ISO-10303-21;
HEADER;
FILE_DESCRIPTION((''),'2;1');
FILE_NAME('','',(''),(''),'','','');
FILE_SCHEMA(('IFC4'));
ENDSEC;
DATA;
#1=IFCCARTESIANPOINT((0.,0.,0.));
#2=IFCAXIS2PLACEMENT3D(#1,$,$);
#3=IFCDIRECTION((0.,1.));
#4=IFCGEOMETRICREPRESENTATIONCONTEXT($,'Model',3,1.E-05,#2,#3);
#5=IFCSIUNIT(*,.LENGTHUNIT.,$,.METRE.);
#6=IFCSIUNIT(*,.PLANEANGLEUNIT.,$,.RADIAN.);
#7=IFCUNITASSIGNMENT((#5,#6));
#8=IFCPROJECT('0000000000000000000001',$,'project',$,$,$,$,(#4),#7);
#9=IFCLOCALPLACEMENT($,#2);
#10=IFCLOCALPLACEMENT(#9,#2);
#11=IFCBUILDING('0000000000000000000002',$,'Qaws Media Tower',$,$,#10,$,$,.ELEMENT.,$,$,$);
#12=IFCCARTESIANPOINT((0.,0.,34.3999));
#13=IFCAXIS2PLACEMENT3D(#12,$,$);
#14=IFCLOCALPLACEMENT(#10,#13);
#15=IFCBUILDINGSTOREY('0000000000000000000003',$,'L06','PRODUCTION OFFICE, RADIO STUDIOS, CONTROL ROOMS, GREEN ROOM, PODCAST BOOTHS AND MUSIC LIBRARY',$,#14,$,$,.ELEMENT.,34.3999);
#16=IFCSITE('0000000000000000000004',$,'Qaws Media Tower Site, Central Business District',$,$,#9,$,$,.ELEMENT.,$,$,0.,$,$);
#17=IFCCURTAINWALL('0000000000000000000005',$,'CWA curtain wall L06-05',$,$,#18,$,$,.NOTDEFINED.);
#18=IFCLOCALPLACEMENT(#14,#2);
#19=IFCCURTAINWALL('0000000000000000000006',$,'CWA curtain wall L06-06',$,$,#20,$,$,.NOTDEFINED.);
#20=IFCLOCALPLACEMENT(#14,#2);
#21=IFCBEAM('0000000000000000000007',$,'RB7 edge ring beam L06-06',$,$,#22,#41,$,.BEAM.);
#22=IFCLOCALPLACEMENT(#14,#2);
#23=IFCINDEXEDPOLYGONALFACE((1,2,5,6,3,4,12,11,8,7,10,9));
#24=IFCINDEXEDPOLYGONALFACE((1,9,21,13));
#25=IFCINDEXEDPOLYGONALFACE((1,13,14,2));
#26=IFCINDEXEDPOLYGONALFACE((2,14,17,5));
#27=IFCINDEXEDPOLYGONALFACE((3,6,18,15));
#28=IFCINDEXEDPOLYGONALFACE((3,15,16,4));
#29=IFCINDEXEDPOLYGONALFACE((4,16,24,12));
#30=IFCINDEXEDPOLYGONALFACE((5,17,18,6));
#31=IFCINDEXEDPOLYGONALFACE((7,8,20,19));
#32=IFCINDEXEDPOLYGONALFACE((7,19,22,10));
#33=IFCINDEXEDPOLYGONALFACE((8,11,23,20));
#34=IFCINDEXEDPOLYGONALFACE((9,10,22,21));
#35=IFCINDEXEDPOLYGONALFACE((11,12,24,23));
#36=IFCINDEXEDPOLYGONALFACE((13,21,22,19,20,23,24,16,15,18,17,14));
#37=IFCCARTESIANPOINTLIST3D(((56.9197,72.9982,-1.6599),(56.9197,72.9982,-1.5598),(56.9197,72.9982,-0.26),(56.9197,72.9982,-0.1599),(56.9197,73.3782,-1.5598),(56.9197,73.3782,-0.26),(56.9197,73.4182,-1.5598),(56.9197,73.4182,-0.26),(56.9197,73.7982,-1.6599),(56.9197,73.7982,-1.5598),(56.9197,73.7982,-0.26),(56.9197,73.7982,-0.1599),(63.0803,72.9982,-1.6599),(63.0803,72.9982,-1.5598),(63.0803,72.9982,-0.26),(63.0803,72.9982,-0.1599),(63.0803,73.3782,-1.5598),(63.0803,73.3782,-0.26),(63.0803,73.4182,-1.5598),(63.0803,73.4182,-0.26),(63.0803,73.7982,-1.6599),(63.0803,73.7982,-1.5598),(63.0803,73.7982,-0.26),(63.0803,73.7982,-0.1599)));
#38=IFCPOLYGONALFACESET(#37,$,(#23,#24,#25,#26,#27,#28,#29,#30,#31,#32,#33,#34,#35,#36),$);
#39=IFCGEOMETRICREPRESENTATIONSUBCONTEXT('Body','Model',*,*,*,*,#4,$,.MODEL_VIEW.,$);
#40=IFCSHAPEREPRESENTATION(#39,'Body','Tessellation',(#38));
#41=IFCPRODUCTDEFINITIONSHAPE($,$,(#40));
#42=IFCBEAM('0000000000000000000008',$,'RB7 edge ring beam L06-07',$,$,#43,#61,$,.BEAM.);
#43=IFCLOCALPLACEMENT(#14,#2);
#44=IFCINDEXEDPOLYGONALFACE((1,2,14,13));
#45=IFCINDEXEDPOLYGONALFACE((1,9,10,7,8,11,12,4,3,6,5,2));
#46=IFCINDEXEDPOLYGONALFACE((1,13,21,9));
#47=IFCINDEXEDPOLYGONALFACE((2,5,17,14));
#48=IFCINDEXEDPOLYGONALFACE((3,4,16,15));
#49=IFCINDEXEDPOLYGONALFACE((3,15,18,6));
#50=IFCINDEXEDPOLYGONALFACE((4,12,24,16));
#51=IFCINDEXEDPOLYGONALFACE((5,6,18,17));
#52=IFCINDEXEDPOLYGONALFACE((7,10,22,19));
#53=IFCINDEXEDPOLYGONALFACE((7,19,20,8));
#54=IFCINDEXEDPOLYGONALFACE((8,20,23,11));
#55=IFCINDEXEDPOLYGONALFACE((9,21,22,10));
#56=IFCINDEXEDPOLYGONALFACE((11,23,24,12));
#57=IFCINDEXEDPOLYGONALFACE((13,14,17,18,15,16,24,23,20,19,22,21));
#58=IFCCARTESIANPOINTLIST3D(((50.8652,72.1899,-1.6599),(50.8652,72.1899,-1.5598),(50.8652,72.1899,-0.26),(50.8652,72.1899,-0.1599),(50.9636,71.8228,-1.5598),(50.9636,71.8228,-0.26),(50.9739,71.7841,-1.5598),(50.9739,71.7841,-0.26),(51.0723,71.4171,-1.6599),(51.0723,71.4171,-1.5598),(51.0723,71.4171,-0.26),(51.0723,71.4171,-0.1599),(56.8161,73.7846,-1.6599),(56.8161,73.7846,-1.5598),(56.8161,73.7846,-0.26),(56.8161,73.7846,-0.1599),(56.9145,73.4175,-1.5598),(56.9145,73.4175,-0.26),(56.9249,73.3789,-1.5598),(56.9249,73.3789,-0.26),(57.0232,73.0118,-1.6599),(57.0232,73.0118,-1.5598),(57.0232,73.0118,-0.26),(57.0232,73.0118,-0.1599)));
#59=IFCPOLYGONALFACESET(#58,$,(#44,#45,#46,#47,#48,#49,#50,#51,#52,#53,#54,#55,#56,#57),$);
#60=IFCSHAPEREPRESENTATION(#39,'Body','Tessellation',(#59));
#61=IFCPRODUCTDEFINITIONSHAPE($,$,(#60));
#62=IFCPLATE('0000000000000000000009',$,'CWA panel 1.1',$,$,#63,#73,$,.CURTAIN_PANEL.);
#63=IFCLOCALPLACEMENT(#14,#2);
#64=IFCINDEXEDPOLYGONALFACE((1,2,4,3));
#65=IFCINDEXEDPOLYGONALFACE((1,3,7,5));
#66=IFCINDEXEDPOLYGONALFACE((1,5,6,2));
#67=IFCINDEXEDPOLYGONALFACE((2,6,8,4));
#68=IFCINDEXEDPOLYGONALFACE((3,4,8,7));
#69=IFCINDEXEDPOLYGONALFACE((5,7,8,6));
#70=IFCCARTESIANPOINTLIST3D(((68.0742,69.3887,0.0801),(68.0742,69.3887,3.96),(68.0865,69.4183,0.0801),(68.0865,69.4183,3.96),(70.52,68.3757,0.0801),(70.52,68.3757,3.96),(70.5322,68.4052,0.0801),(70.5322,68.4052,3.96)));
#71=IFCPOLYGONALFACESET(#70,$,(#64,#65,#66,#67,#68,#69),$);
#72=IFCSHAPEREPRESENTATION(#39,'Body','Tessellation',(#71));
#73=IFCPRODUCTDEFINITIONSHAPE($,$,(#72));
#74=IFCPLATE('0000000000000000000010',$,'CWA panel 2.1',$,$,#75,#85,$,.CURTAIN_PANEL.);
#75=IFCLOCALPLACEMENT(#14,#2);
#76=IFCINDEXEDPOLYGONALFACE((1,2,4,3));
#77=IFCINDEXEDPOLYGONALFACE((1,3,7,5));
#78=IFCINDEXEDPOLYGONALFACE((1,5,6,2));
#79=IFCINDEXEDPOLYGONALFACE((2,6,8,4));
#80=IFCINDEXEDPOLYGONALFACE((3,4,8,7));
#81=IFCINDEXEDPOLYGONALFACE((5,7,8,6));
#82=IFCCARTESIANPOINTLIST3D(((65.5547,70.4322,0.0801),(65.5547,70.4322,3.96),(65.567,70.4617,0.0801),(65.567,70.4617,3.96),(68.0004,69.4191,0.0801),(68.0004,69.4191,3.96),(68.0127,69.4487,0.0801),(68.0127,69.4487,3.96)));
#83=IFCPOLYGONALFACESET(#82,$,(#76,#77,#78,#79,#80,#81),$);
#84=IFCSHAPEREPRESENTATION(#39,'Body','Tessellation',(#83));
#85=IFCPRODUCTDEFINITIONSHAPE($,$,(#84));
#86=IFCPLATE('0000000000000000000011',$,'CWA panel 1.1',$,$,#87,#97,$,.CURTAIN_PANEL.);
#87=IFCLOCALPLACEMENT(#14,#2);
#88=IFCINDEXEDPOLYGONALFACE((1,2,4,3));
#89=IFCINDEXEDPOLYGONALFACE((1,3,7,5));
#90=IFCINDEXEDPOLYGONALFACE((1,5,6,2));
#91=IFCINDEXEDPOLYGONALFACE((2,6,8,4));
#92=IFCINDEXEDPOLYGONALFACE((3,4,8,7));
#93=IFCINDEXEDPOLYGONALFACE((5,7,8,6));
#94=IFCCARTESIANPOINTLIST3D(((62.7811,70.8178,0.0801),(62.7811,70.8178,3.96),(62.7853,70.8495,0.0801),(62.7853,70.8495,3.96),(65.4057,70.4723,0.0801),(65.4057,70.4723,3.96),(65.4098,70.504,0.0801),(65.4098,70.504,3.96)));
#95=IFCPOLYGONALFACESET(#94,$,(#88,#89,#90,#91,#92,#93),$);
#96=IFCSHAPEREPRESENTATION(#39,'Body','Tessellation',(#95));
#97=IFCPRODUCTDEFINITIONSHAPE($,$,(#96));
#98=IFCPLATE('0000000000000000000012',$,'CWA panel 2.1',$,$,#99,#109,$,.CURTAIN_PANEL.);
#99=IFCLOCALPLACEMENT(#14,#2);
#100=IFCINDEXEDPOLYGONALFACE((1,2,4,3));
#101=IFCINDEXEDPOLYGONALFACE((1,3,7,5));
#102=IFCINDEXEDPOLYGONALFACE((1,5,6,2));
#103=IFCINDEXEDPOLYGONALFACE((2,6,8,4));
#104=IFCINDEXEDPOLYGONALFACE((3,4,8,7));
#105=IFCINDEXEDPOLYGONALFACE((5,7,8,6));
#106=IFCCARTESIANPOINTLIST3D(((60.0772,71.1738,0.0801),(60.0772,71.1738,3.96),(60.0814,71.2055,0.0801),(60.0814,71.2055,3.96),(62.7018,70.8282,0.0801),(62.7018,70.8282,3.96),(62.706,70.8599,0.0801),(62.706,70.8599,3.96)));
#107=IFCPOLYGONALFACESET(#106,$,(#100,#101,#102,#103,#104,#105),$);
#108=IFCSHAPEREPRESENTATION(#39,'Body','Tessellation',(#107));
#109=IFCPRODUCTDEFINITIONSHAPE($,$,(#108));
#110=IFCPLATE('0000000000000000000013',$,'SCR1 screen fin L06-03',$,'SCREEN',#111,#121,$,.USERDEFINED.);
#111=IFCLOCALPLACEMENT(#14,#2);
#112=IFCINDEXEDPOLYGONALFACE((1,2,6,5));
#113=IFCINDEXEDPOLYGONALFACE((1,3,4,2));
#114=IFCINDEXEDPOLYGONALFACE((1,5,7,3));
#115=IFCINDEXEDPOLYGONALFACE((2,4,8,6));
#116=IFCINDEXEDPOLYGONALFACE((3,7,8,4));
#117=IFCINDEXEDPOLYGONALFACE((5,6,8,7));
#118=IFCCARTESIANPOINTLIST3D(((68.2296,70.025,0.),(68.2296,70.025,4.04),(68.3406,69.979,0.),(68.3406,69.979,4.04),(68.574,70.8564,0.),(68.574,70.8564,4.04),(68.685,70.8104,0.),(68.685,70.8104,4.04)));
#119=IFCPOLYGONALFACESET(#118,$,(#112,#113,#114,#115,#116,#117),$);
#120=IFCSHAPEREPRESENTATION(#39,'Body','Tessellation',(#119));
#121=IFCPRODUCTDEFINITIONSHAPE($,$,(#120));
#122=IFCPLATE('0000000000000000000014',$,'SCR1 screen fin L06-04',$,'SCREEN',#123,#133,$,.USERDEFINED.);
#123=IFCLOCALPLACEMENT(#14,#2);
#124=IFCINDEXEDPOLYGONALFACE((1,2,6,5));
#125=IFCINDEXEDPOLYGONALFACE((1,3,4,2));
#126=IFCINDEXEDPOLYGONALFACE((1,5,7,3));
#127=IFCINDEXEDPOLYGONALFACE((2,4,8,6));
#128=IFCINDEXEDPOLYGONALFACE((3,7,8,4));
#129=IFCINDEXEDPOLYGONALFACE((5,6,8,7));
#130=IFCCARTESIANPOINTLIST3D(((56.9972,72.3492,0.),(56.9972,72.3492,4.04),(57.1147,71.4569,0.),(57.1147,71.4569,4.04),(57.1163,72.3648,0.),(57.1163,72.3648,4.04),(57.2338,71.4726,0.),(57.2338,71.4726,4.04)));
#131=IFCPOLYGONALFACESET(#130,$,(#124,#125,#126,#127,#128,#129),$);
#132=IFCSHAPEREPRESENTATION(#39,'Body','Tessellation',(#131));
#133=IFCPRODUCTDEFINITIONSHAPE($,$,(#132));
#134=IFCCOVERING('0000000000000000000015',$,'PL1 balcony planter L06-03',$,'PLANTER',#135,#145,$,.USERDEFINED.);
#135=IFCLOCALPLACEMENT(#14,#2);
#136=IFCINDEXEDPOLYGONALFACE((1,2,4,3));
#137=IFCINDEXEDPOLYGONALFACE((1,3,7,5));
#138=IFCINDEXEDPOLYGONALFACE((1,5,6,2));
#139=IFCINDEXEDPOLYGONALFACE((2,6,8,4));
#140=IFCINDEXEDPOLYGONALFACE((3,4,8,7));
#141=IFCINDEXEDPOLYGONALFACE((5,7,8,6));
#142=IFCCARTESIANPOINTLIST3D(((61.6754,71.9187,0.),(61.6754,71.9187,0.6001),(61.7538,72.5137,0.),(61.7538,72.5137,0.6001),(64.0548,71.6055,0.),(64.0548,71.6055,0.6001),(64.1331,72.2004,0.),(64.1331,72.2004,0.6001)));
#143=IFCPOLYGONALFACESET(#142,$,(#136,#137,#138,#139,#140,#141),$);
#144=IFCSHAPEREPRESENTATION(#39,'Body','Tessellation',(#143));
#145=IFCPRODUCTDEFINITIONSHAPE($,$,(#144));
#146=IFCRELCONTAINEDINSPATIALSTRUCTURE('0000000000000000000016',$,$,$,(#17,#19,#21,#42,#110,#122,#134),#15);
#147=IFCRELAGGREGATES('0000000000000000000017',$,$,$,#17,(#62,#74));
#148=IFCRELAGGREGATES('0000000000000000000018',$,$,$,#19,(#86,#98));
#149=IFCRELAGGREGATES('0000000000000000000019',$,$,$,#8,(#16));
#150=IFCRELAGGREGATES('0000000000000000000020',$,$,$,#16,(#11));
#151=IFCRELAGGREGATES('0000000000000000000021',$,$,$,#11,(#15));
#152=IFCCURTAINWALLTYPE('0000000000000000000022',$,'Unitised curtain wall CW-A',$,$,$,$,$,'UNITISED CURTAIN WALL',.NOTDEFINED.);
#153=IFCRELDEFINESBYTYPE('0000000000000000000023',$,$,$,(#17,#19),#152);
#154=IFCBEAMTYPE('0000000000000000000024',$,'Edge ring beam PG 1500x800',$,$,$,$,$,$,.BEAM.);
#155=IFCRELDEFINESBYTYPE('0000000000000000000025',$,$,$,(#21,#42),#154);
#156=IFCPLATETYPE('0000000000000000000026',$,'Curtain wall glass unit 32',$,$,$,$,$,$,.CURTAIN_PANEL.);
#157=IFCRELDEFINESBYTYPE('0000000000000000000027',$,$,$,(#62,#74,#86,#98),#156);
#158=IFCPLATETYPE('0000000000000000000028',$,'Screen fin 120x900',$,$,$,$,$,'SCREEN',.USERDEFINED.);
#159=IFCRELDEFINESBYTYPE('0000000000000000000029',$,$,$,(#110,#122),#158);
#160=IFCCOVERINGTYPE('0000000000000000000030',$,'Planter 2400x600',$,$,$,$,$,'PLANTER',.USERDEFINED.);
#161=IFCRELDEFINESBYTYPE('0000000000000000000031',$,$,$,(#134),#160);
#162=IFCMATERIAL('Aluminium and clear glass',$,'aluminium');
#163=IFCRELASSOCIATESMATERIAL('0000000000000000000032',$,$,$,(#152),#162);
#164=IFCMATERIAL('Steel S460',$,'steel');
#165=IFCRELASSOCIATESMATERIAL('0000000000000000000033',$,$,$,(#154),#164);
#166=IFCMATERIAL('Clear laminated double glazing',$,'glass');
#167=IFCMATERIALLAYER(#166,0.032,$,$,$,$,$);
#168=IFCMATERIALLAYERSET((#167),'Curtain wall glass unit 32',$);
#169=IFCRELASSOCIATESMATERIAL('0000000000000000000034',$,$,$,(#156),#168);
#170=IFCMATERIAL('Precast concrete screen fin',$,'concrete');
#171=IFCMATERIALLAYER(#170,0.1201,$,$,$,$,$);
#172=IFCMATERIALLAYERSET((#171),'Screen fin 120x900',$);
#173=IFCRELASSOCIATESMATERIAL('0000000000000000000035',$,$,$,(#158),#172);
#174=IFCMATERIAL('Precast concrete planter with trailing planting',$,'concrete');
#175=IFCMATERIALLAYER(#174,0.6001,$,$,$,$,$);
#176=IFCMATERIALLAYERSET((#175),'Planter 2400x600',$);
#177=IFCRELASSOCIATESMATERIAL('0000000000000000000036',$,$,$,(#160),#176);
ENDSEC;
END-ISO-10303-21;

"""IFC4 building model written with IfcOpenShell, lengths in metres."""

from ifc_helpers import new_model, si_unit, direction, frame, origin, origin_2d, place, context, subcontext, project, spatial, rectangle, i_section, extrude, material, layer, layer_set, material_profile, profile_set, type_object, element, aggregate, save


model = new_model("IFC4")

# Units and contexts
model_context = context("Model", 3, precision=1e-05, world=origin(), true_north=direction((0.0, 1.0)))
body_context = subcontext(model_context, "Body", "Model", "MODEL_VIEW")
ifc_project = project(units=[si_unit("LENGTHUNIT", "METRE"), si_unit("PLANEANGLEUNIT", "RADIAN")], contexts=[model_context])

# Site, building, storey
site_placement = place(None, origin())
site = spatial("IfcSite", under=ifc_project, at=site_placement, Name="Qaws Media Tower Site, Central Business District", CompositionType="ELEMENT", RefElevation=0.0)
building_placement = place(site_placement, origin())
building = spatial("IfcBuilding", under=site, at=building_placement, Name="Qaws Media Tower", CompositionType="ELEMENT")
storey_placement = place(building_placement, frame((0.0, 0.0, 34.3999)))
storey = spatial("IfcBuildingStorey", under=building, at=storey_placement, Name="L06", Description="PRODUCTION OFFICE, RADIO STUDIOS, CONTROL ROOMS, GREEN ROOM, PODCAST BOOTHS AND MUSIC LIBRARY", CompositionType="ELEMENT", Elevation=34.3999)

# Curtain walls
ifc_material_1 = material(Name="Aluminium and clear glass", Category="aluminium")
curtain_wall_type = type_object("IfcCurtainWallType", Name="Unitised curtain wall CW-A", ElementType="UNITISED CURTAIN WALL", PredefinedType="NOTDEFINED", material=ifc_material_1)
curtain_wall_1_placement = place(storey_placement, origin())
curtain_wall_1 = element("IfcCurtainWall", 1, at=curtain_wall_1_placement, inside=storey, type_object=curtain_wall_type, Name="CWA curtain wall L06-05", PredefinedType="NOTDEFINED")
curtain_wall_2_placement = place(storey_placement, origin())
curtain_wall_2 = element("IfcCurtainWall", 2, at=curtain_wall_2_placement, inside=storey, type_object=curtain_wall_type, Name="CWA curtain wall L06-06", PredefinedType="NOTDEFINED")

# Beams
ifc_material_2 = material(Name="Steel S460", Category="steel")
ifc_material_profile_1 = material_profile(ifc_material_2, i_section(OverallWidth=0.8, OverallDepth=1.5, WebThickness=0.04, FlangeThickness=0.1001, at=origin_2d()), Name="PG 1500x800")
ifc_profile_set_1 = profile_set([ifc_material_profile_1], Name="Steel S460")
beam_type = type_object("IfcBeamType", Name="Edge ring beam PG 1500x800", PredefinedType="BEAM", material=ifc_profile_set_1)
beam_1_placement = place(storey_placement, frame((63.0803, 73.3982, -0.9099), z_axis=(-1.0, 0.0, 0.0), x_axis=(0.0, -1.0, 0.0)))
element("IfcBeam", 3, at=beam_1_placement, inside=storey, type_object=beam_type, Name="RB7 edge ring beam L06-06", PredefinedType="BEAM", context=body_context, shape_type="SweptSolid", body=[
    extrude(i_section(OverallWidth=0.8, OverallDepth=1.5, WebThickness=0.04, FlangeThickness=0.1001, at=origin_2d()), origin(), (0.0, 0.0, 1.0), 6.1606),
])
beam_2_placement = place(storey_placement, frame((56.9197, 73.3982, -0.9099), z_axis=(-0.965919, -0.258846, 0.0), x_axis=(0.258846, -0.965919, 0.0)))
element("IfcBeam", 4, at=beam_2_placement, inside=storey, type_object=beam_type, Name="RB7 edge ring beam L06-07", PredefinedType="BEAM", context=body_context, shape_type="SweptSolid", body=[
    extrude(i_section(OverallWidth=0.8, OverallDepth=1.5, WebThickness=0.04, FlangeThickness=0.1001, at=origin_2d()), origin(), (0.0, 0.0, 1.0), 6.1609),
])

# Plates
ifc_material_3 = material(Name="Clear laminated double glazing", Category="glass")
ifc_layer_1 = layer(ifc_material_3, 0.032)
ifc_layer_set_1 = layer_set([ifc_layer_1], Name="Curtain wall glass unit 32")
plate_type_1 = type_object("IfcPlateType", Name="Curtain wall glass unit 32", PredefinedType="CURTAIN_PANEL", material=ifc_layer_set_1)
plate_1_placement = place(storey_placement, frame((69.3032, 68.897, 0.0801), z_axis=(0.0, 0.0, 1.0), x_axis=(-0.92388, 0.382683, 0.0)))
plate_1 = element("IfcPlate", 5, at=plate_1_placement, type_object=plate_type_1, Name="CWA panel 1.1", PredefinedType="CURTAIN_PANEL", context=body_context, shape_type="SweptSolid", body=[
    extrude(rectangle(XDim=2.6472, YDim=0.032, at=origin_2d()), origin(), (0.0, 0.0, 1.0), 3.8799),
])
plate_2_placement = place(storey_placement, frame((66.7837, 69.9404, 0.0801), z_axis=(0.0, 0.0, 1.0), x_axis=(-0.92388, 0.382683, 0.0)))
plate_2 = element("IfcPlate", 6, at=plate_2_placement, type_object=plate_type_1, Name="CWA panel 2.1", PredefinedType="CURTAIN_PANEL", context=body_context, shape_type="SweptSolid", body=[
    extrude(rectangle(XDim=2.6472, YDim=0.032, at=origin_2d()), origin(), (0.0, 0.0, 1.0), 3.8799),
])
aggregate(curtain_wall_1, [plate_1, plate_2])
plate_3_placement = place(storey_placement, frame((64.0955, 70.6609, 0.0801), z_axis=(0.0, 0.0, 1.0), x_axis=(-0.991445, 0.130526, 0.0)))
plate_3 = element("IfcPlate", 7, at=plate_3_placement, type_object=plate_type_1, Name="CWA panel 1.1", PredefinedType="CURTAIN_PANEL", context=body_context, shape_type="SweptSolid", body=[
    extrude(rectangle(XDim=2.6472, YDim=0.032, at=origin_2d()), origin(), (0.0, 0.0, 1.0), 3.8799),
])
plate_4_placement = place(storey_placement, frame((61.3916, 71.0168, 0.0801), z_axis=(0.0, 0.0, 1.0), x_axis=(-0.991445, 0.130526, 0.0)))
plate_4 = element("IfcPlate", 8, at=plate_4_placement, type_object=plate_type_1, Name="CWA panel 2.1", PredefinedType="CURTAIN_PANEL", context=body_context, shape_type="SweptSolid", body=[
    extrude(rectangle(XDim=2.6472, YDim=0.032, at=origin_2d()), origin(), (0.0, 0.0, 1.0), 3.8799),
])
aggregate(curtain_wall_2, [plate_3, plate_4])

# Plates
ifc_material_4 = material(Name="Precast concrete screen fin", Category="concrete")
ifc_layer_2 = layer(ifc_material_4, 0.1201)
ifc_layer_set_2 = layer_set([ifc_layer_2], Name="Screen fin 120x900")
plate_type_2 = type_object("IfcPlateType", Name="Screen fin 120x900", ElementType="SCREEN", PredefinedType="USERDEFINED", material=ifc_layer_set_2)
for number, where, z_axis, x_axis, name in (
    (9, (68.4573, 70.4177, 0.0), (0.0, 0.0, 1.0), (0.382683, 0.92388, 0.0), "SCR1 screen fin L06-03"),
    (10, (57.1155, 71.9109, 0.0), (0.0, 0.0, 1.0), (-0.130526, 0.991445, 0.0), "SCR1 screen fin L06-04"),
):
    element("IfcPlate", number, at=place(storey_placement, frame(where, z_axis=z_axis, x_axis=x_axis)), inside=storey, type_object=plate_type_2, Name=name, ObjectType="SCREEN", PredefinedType="USERDEFINED", context=body_context, shape_type="SweptSolid", body=[
        extrude(rectangle(XDim=0.8999, YDim=0.1201, at=origin_2d()), origin(), (0.0, 0.0, 1.0), 4.04),
    ])

# Covering
ifc_material_5 = material(Name="Precast concrete planter with trailing planting", Category="concrete")
ifc_layer_3 = layer(ifc_material_5, 0.6001)
ifc_layer_set_3 = layer_set([ifc_layer_3], Name="Planter 2400x600")
covering_type = type_object("IfcCoveringType", Name="Planter 2400x600", ElementType="PLANTER", PredefinedType="USERDEFINED", material=ifc_layer_set_3)
covering_placement = place(storey_placement, frame((62.9043, 72.0596, 0.0), z_axis=(0.0, 0.0, 1.0), x_axis=(-0.991445, 0.130526, 0.0)))
element("IfcCovering", 11, at=covering_placement, inside=storey, type_object=covering_type, Name="PL1 balcony planter L06-03", ObjectType="PLANTER", PredefinedType="USERDEFINED", context=body_context, shape_type="SweptSolid", body=[
    extrude(rectangle(XDim=2.3999, YDim=0.6001, at=origin_2d()), origin(), (0.0, 0.0, 1.0), 0.6001),
])

save(model, "model.ifc")
